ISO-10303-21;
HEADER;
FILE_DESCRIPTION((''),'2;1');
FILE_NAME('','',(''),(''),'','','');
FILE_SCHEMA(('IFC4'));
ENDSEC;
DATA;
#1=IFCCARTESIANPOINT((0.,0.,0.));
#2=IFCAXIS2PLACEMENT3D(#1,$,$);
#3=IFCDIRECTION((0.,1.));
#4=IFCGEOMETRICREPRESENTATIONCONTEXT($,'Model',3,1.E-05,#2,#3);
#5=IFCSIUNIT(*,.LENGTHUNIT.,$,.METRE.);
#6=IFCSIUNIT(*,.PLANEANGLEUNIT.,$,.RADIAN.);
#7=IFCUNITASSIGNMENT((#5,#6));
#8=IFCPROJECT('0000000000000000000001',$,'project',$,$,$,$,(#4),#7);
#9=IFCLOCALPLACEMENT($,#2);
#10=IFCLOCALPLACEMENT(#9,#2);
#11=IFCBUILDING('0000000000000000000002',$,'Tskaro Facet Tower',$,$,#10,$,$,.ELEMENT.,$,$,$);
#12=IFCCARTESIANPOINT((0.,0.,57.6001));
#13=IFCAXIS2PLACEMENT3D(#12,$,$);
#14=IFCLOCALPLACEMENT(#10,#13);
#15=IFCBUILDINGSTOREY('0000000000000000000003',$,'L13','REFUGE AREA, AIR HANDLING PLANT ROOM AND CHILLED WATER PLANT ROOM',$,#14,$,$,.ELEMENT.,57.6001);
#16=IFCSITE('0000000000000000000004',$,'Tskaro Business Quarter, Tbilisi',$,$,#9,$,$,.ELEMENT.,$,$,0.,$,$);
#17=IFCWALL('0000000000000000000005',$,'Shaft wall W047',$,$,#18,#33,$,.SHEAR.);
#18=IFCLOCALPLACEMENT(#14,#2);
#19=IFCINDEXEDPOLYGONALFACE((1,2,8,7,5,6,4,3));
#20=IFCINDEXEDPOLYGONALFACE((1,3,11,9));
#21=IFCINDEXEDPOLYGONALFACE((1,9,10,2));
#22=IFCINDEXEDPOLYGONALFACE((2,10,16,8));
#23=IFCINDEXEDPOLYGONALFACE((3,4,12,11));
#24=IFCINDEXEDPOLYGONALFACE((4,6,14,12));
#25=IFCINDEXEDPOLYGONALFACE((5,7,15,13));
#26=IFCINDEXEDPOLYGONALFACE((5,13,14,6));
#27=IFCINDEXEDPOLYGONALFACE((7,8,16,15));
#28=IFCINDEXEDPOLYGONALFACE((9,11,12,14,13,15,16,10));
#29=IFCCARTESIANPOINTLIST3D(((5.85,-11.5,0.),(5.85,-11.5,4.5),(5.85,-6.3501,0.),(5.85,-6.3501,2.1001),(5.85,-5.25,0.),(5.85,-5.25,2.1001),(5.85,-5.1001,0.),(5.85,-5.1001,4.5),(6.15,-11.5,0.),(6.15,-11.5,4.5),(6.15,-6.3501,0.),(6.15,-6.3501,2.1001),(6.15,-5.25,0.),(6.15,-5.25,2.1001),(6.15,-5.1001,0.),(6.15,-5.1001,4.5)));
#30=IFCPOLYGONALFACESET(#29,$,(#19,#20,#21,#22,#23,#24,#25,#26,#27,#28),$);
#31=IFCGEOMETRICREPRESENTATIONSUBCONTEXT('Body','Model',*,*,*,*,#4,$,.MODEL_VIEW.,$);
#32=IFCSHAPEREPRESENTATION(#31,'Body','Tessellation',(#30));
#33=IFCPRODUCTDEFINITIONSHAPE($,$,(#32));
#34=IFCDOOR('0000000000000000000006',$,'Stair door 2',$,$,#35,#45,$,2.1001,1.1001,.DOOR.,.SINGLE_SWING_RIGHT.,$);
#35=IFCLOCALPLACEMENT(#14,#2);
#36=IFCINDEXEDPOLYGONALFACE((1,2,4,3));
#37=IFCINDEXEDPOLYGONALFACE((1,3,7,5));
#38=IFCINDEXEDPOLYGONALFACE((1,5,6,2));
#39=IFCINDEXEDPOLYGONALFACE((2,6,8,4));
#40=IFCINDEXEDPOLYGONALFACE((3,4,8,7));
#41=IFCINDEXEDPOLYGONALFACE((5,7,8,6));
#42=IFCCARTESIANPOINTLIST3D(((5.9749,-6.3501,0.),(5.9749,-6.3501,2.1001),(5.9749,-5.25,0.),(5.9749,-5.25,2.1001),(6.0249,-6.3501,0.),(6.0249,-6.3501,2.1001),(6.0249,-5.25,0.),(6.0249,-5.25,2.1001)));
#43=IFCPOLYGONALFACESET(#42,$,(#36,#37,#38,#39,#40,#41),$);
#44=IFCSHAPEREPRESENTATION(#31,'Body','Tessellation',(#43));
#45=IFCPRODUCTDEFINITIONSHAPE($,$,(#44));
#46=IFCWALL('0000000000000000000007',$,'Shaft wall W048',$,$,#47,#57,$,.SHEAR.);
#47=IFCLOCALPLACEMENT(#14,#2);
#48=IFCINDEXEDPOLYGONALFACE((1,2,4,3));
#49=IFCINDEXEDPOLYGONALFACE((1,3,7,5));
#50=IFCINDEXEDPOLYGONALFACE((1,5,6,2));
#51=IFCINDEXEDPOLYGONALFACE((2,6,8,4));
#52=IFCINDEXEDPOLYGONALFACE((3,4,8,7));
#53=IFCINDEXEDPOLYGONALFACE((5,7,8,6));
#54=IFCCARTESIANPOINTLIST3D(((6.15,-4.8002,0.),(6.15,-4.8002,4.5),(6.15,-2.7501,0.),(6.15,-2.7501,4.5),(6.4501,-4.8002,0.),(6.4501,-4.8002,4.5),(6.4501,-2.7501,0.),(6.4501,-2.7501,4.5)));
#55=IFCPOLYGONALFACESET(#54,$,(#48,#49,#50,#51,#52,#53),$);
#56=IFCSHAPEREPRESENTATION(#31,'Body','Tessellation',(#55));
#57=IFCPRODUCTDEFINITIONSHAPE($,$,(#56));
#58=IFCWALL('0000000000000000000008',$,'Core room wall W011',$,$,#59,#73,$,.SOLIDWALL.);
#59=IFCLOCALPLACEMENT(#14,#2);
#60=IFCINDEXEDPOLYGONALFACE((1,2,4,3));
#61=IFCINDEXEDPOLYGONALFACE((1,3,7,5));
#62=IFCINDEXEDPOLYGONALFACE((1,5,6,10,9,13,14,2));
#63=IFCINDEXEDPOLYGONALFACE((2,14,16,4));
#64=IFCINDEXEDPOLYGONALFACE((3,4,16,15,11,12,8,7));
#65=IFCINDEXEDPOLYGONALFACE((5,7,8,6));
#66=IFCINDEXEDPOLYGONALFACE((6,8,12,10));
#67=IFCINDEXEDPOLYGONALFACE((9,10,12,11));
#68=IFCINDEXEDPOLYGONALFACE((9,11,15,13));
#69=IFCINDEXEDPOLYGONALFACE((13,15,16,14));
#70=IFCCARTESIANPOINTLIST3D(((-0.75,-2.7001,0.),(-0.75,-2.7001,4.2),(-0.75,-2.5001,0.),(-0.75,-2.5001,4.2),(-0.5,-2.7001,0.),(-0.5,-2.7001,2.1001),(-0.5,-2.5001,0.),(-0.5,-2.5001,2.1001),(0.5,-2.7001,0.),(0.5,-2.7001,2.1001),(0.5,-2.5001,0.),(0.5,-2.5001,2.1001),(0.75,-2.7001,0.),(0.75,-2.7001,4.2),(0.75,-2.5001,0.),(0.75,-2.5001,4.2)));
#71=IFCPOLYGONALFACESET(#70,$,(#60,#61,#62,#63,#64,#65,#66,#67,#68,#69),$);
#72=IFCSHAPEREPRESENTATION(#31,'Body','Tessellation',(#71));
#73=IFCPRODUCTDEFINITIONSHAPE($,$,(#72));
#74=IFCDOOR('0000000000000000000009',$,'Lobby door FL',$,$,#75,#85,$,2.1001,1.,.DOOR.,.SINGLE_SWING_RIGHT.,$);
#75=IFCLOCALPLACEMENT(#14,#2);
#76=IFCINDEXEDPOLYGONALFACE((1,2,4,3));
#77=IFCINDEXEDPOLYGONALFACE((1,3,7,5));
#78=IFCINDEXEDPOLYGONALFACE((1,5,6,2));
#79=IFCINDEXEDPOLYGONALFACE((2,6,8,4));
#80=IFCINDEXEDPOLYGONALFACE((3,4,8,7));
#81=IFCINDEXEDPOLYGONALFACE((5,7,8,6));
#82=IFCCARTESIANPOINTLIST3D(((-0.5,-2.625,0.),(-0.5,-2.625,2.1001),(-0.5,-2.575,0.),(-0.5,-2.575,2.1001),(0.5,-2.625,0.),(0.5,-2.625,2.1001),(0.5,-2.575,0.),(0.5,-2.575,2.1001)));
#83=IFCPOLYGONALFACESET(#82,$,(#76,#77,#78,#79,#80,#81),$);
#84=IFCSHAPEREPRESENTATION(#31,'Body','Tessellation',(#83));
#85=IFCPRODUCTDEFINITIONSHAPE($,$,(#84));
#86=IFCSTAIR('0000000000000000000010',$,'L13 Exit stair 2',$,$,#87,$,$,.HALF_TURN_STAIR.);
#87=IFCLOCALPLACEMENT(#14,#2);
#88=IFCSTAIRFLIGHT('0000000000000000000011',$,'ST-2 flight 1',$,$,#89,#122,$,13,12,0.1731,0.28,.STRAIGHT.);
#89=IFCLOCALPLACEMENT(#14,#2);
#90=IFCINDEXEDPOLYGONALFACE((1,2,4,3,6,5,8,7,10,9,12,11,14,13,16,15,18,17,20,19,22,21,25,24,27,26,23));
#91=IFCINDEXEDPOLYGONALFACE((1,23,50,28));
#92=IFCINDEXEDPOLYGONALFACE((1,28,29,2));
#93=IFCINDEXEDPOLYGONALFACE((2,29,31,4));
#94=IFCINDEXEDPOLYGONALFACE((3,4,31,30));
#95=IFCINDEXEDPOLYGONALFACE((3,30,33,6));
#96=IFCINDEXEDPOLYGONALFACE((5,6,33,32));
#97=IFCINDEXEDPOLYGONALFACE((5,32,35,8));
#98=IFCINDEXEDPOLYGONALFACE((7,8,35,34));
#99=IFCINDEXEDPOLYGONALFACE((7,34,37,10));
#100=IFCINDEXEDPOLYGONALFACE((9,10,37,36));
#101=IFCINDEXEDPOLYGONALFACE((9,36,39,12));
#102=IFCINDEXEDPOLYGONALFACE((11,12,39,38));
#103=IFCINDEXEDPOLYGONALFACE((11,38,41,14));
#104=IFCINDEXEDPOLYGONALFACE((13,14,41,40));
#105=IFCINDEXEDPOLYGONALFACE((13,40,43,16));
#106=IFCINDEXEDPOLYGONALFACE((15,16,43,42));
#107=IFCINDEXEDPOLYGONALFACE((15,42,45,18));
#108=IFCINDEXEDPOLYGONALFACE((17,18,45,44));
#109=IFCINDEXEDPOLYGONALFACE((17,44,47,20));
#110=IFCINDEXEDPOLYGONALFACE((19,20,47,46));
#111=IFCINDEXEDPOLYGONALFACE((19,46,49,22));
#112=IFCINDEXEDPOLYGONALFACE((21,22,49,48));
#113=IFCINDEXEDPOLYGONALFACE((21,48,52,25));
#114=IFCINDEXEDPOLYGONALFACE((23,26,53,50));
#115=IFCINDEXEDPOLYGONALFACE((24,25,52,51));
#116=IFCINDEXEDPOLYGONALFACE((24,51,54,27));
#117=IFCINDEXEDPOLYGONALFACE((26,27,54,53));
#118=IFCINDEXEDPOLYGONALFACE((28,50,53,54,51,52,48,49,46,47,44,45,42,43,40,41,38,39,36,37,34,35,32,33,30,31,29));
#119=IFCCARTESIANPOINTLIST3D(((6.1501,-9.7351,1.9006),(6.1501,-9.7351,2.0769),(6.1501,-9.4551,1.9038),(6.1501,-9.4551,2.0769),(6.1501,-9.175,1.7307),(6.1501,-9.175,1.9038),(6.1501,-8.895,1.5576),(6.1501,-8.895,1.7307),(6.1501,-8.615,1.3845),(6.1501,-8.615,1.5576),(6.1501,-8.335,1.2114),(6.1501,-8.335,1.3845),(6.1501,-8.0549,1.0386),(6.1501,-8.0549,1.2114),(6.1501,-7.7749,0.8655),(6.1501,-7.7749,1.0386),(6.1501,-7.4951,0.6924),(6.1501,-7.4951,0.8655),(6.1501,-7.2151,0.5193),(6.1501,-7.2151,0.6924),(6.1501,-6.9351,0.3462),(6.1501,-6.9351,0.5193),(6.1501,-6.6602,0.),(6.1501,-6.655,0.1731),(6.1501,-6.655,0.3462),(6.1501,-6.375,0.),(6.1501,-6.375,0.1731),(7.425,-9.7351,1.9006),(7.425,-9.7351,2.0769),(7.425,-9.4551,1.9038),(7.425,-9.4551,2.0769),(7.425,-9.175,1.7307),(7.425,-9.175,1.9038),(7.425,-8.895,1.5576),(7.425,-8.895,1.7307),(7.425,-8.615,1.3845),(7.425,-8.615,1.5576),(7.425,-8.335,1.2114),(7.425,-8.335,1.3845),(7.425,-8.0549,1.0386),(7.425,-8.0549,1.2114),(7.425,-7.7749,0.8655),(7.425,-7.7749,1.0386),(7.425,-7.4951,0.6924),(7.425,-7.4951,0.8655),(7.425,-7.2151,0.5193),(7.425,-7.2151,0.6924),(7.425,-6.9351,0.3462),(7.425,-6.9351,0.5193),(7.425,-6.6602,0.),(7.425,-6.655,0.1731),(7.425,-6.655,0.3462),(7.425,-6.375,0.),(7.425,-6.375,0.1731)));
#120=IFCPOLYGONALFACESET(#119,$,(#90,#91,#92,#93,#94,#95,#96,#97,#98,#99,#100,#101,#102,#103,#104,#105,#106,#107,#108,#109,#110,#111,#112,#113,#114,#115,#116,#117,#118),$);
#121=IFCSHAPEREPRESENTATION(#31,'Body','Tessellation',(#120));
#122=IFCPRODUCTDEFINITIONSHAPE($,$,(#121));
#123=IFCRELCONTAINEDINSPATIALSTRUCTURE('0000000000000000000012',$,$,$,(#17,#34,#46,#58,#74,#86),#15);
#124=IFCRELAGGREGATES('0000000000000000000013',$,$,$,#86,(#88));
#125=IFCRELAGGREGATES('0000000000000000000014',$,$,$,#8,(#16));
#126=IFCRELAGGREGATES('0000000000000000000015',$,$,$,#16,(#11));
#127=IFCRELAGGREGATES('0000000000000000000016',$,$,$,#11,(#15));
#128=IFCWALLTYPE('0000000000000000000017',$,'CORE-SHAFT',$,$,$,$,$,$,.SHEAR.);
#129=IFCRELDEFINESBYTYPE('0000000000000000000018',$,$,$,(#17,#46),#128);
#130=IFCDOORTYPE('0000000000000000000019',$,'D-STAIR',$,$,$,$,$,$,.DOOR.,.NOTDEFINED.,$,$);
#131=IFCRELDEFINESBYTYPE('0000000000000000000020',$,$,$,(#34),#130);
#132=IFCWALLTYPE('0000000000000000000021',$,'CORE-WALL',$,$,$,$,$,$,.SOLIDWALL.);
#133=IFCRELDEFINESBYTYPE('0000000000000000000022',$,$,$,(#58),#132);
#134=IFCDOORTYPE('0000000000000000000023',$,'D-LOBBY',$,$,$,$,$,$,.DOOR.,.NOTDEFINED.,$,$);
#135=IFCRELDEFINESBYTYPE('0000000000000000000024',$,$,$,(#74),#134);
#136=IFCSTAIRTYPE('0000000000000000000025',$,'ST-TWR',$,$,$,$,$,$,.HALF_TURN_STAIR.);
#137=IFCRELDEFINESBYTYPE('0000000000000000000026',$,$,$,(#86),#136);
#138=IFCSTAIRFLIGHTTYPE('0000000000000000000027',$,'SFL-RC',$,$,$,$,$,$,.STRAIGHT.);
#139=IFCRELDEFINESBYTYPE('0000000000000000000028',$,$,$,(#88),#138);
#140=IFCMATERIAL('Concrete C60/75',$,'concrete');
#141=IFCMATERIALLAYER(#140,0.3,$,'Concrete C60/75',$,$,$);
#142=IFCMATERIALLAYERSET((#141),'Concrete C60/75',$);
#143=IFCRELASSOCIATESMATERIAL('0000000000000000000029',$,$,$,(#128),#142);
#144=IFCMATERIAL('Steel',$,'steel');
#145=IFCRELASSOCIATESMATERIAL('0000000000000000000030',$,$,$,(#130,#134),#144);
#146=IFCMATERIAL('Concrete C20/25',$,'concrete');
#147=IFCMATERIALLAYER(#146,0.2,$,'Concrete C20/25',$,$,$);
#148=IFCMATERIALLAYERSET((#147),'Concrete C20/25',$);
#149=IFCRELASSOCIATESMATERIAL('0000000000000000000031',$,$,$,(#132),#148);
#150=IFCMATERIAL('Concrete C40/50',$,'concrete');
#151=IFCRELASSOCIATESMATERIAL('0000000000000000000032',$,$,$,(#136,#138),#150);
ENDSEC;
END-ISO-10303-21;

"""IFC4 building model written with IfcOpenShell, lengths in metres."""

from ifc_helpers import new_model, si_unit, direction, frame, frame_2d, origin, place, context, subcontext, project, spatial, polyline, rectangle, outline, extrude, material, layer, layer_set, type_object, element, fill, aggregate, save


model = new_model("IFC4")

# Units and contexts
model_context = context("Model", 3, precision=1e-05, world=origin(), true_north=direction((0.0, 1.0)))
body_context = subcontext(model_context, "Body", "Model", "MODEL_VIEW")
ifc_project = project(units=[si_unit("LENGTHUNIT", "METRE"), si_unit("PLANEANGLEUNIT", "RADIAN")], contexts=[model_context])

# Site, building, storey
site_placement = place(None, origin())
site = spatial("IfcSite", under=ifc_project, at=site_placement, Name="Tskaro Business Quarter, Tbilisi", CompositionType="ELEMENT", RefElevation=0.0)
building_placement = place(site_placement, origin())
building = spatial("IfcBuilding", under=site, at=building_placement, Name="Tskaro Facet Tower", CompositionType="ELEMENT")
storey_placement = place(building_placement, frame((0.0, 0.0, 57.6001)))
storey = spatial("IfcBuildingStorey", under=building, at=storey_placement, Name="L13", Description="REFUGE AREA, AIR HANDLING PLANT ROOM AND CHILLED WATER PLANT ROOM", CompositionType="ELEMENT", Elevation=57.6001)

# Shared definitions
ifc_material_1 = material(Name="Concrete C60/75", Category="concrete")
ifc_layer_1 = layer(ifc_material_1, 0.3, Name="Concrete C60/75")
ifc_layer_set_1 = layer_set([ifc_layer_1], Name="Concrete C60/75")
wall_type_1 = type_object("IfcWallType", Name="CORE-SHAFT", PredefinedType="SHEAR", material=ifc_layer_set_1)

# Wall, opening, door
wall_1_placement = place(storey_placement, frame((6.0, -5.1001, 0.0), z_axis=(0.0, 0.0, 1.0), x_axis=(0.0, -1.0, 0.0)))
wall_1 = element("IfcWall", 1, at=wall_1_placement, inside=storey, type_object=wall_type_1, Name="Shaft wall W047", PredefinedType="SHEAR", context=body_context, shape_type="SweptSolid", body=[
    extrude(rectangle(XDim=6.3999, YDim=0.3, at=frame_2d((3.2, 0.0))), origin(), (0.0, 0.0, 1.0), 4.5),
])
opening_1_placement = place(wall_1_placement, frame((0.1499, 0.0, 0.0)))
opening_1 = element("IfcOpeningElement", 2, at=opening_1_placement, cuts=wall_1, PredefinedType="OPENING", context=body_context, shape_type="SweptSolid", body=[
    extrude(rectangle(XDim=1.1001, YDim=2.1001, at=frame_2d((0.55, 1.05))), frame((0.0, 0.1599, 0.0), z_axis=(0.0, -1.0, 0.0), x_axis=(1.0, 0.0, 0.0)), (0.0, 0.0, 1.0), 0.3201),
])
ifc_material_2 = material(Name="Steel", Category="steel")
door_type_1 = type_object("IfcDoorType", Name="D-STAIR", OperationType="NOTDEFINED", PredefinedType="DOOR", material=ifc_material_2)
door_1_placement = place(opening_1_placement, origin())
door_1 = element("IfcDoor", 3, at=door_1_placement, inside=storey, type_object=door_type_1, Name="Stair door 2", OperationType="SINGLE_SWING_RIGHT", OverallHeight=2.1001, OverallWidth=1.1001, PredefinedType="DOOR", context=body_context, shape_type="SweptSolid", body=[
    extrude(rectangle(XDim=1.1001, YDim=2.1001, at=frame_2d((0.55, 1.05))), frame((0.0, 0.0249, 0.0), z_axis=(0.0, -1.0, 0.0), x_axis=(1.0, 0.0, 0.0)), (0.0, 0.0, 1.0), 0.05),
])
fill(opening_1, door_1)

# Wall
wall_2_placement = place(storey_placement, frame((6.3, -4.8, 0.0), z_axis=(0.0, 0.0, 1.0), x_axis=(0.0, 1.0, 0.0)))
element("IfcWall", 4, at=wall_2_placement, inside=storey, type_object=wall_type_1, Name="Shaft wall W048", PredefinedType="SHEAR", context=body_context, shape_type="SweptSolid", body=[
    extrude(rectangle(XDim=2.05, YDim=0.3, at=frame_2d((1.0249, 0.0))), origin(), (0.0, 0.0, 1.0), 4.5),
])

# Wall, opening, door
ifc_material_3 = material(Name="Concrete C20/25", Category="concrete")
ifc_layer_2 = layer(ifc_material_3, 0.2, Name="Concrete C20/25")
ifc_layer_set_2 = layer_set([ifc_layer_2], Name="Concrete C20/25")
wall_type_2 = type_object("IfcWallType", Name="CORE-WALL", PredefinedType="SOLIDWALL", material=ifc_layer_set_2)
wall_3_placement = place(storey_placement, frame((0.75, -2.6001, 0.0), z_axis=(0.0, 0.0, 1.0), x_axis=(-1.0, 0.0, 0.0)))
wall_3 = element("IfcWall", 5, at=wall_3_placement, inside=storey, type_object=wall_type_2, Name="Core room wall W011", PredefinedType="SOLIDWALL", context=body_context, shape_type="SweptSolid", body=[
    extrude(rectangle(XDim=1.5, YDim=0.2, at=frame_2d((0.75, 0.0))), origin(), (0.0, 0.0, 1.0), 4.2),
])
opening_2_placement = place(wall_3_placement, frame((0.25, 0.0, 0.0)))
opening_2 = element("IfcOpeningElement", 6, at=opening_2_placement, cuts=wall_3, PredefinedType="OPENING", context=body_context, shape_type="SweptSolid", body=[
    extrude(rectangle(XDim=1.0, YDim=2.1001, at=frame_2d((0.5, 1.05))), frame((0.0, 0.1099, 0.0), z_axis=(0.0, -1.0, 0.0), x_axis=(1.0, 0.0, 0.0)), (0.0, 0.0, 1.0), 0.22),
])
door_type_2 = type_object("IfcDoorType", Name="D-LOBBY", OperationType="NOTDEFINED", PredefinedType="DOOR", material=ifc_material_2)
door_2_placement = place(opening_2_placement, origin())
door_2 = element("IfcDoor", 7, at=door_2_placement, inside=storey, type_object=door_type_2, Name="Lobby door FL", OperationType="SINGLE_SWING_RIGHT", OverallHeight=2.1001, OverallWidth=1.0, PredefinedType="DOOR", context=body_context, shape_type="SweptSolid", body=[
    extrude(rectangle(XDim=1.0, YDim=2.1001, at=frame_2d((0.5, 1.05))), frame((0.0, 0.0249, 0.0), z_axis=(0.0, -1.0, 0.0), x_axis=(1.0, 0.0, 0.0)), (0.0, 0.0, 1.0), 0.05),
])
fill(opening_2, door_2)

# Stair, stair flight
ifc_material_4 = material(Name="Concrete C40/50", Category="concrete")
stair_type = type_object("IfcStairType", Name="ST-TWR", PredefinedType="HALF_TURN_STAIR", material=ifc_material_4)
stair_placement = place(storey_placement, origin())
stair = element("IfcStair", 8, at=stair_placement, inside=storey, type_object=stair_type, Name="L13 Exit stair 2", PredefinedType="HALF_TURN_STAIR")
stair_flight_type = type_object("IfcStairFlightType", Name="SFL-RC", PredefinedType="STRAIGHT", material=ifc_material_4)
stair_flight_placement = place(storey_placement, frame((6.7876, -6.375, 0.0), z_axis=(0.0, 0.0, 1.0), x_axis=(0.0, -1.0, 0.0)))
stair_flight = element("IfcStairFlight", 9, at=stair_flight_placement, type_object=stair_flight_type, Name="ST-2 flight 1", NumberOfRisers=13, NumberOfTreads=12, PredefinedType="STRAIGHT", RiserHeight=0.1731, TreadLength=0.28, context=body_context, shape_type="SweptSolid", body=[
    extrude(outline(polyline([(0.0, 0.0), (0.0, 0.1731), (0.28, 0.1731), (0.28, 0.3462), (0.5601, 0.3462), (0.5601, 0.5193), (0.8401, 0.5193), (0.8401, 0.6924), (1.1201, 0.6924), (1.1201, 0.8655), (1.3999, 0.8655), (1.3999, 1.0386), (1.6799, 1.0386), (1.6799, 1.2114), (1.96, 1.2114), (1.96, 1.3845), (2.24, 1.3845), (2.24, 1.5576), (2.52, 1.5576), (2.52, 1.7307), (2.8, 1.7307), (2.8, 1.9038), (3.0801, 1.9038), (3.0801, 2.0769), (3.3601, 2.0769), (3.3601, 2.25), (3.3601, 1.9006), (0.2852, 0.0), (0.0, 0.0)])), frame((0.0, 0.6375, 0.0), z_axis=(0.0, -1.0, 0.0), x_axis=(1.0, 0.0, 0.0)), (0.0, 0.0, 1.0), 1.2749),
])
aggregate(stair, [stair_flight])

save(model, "model.ifc")
